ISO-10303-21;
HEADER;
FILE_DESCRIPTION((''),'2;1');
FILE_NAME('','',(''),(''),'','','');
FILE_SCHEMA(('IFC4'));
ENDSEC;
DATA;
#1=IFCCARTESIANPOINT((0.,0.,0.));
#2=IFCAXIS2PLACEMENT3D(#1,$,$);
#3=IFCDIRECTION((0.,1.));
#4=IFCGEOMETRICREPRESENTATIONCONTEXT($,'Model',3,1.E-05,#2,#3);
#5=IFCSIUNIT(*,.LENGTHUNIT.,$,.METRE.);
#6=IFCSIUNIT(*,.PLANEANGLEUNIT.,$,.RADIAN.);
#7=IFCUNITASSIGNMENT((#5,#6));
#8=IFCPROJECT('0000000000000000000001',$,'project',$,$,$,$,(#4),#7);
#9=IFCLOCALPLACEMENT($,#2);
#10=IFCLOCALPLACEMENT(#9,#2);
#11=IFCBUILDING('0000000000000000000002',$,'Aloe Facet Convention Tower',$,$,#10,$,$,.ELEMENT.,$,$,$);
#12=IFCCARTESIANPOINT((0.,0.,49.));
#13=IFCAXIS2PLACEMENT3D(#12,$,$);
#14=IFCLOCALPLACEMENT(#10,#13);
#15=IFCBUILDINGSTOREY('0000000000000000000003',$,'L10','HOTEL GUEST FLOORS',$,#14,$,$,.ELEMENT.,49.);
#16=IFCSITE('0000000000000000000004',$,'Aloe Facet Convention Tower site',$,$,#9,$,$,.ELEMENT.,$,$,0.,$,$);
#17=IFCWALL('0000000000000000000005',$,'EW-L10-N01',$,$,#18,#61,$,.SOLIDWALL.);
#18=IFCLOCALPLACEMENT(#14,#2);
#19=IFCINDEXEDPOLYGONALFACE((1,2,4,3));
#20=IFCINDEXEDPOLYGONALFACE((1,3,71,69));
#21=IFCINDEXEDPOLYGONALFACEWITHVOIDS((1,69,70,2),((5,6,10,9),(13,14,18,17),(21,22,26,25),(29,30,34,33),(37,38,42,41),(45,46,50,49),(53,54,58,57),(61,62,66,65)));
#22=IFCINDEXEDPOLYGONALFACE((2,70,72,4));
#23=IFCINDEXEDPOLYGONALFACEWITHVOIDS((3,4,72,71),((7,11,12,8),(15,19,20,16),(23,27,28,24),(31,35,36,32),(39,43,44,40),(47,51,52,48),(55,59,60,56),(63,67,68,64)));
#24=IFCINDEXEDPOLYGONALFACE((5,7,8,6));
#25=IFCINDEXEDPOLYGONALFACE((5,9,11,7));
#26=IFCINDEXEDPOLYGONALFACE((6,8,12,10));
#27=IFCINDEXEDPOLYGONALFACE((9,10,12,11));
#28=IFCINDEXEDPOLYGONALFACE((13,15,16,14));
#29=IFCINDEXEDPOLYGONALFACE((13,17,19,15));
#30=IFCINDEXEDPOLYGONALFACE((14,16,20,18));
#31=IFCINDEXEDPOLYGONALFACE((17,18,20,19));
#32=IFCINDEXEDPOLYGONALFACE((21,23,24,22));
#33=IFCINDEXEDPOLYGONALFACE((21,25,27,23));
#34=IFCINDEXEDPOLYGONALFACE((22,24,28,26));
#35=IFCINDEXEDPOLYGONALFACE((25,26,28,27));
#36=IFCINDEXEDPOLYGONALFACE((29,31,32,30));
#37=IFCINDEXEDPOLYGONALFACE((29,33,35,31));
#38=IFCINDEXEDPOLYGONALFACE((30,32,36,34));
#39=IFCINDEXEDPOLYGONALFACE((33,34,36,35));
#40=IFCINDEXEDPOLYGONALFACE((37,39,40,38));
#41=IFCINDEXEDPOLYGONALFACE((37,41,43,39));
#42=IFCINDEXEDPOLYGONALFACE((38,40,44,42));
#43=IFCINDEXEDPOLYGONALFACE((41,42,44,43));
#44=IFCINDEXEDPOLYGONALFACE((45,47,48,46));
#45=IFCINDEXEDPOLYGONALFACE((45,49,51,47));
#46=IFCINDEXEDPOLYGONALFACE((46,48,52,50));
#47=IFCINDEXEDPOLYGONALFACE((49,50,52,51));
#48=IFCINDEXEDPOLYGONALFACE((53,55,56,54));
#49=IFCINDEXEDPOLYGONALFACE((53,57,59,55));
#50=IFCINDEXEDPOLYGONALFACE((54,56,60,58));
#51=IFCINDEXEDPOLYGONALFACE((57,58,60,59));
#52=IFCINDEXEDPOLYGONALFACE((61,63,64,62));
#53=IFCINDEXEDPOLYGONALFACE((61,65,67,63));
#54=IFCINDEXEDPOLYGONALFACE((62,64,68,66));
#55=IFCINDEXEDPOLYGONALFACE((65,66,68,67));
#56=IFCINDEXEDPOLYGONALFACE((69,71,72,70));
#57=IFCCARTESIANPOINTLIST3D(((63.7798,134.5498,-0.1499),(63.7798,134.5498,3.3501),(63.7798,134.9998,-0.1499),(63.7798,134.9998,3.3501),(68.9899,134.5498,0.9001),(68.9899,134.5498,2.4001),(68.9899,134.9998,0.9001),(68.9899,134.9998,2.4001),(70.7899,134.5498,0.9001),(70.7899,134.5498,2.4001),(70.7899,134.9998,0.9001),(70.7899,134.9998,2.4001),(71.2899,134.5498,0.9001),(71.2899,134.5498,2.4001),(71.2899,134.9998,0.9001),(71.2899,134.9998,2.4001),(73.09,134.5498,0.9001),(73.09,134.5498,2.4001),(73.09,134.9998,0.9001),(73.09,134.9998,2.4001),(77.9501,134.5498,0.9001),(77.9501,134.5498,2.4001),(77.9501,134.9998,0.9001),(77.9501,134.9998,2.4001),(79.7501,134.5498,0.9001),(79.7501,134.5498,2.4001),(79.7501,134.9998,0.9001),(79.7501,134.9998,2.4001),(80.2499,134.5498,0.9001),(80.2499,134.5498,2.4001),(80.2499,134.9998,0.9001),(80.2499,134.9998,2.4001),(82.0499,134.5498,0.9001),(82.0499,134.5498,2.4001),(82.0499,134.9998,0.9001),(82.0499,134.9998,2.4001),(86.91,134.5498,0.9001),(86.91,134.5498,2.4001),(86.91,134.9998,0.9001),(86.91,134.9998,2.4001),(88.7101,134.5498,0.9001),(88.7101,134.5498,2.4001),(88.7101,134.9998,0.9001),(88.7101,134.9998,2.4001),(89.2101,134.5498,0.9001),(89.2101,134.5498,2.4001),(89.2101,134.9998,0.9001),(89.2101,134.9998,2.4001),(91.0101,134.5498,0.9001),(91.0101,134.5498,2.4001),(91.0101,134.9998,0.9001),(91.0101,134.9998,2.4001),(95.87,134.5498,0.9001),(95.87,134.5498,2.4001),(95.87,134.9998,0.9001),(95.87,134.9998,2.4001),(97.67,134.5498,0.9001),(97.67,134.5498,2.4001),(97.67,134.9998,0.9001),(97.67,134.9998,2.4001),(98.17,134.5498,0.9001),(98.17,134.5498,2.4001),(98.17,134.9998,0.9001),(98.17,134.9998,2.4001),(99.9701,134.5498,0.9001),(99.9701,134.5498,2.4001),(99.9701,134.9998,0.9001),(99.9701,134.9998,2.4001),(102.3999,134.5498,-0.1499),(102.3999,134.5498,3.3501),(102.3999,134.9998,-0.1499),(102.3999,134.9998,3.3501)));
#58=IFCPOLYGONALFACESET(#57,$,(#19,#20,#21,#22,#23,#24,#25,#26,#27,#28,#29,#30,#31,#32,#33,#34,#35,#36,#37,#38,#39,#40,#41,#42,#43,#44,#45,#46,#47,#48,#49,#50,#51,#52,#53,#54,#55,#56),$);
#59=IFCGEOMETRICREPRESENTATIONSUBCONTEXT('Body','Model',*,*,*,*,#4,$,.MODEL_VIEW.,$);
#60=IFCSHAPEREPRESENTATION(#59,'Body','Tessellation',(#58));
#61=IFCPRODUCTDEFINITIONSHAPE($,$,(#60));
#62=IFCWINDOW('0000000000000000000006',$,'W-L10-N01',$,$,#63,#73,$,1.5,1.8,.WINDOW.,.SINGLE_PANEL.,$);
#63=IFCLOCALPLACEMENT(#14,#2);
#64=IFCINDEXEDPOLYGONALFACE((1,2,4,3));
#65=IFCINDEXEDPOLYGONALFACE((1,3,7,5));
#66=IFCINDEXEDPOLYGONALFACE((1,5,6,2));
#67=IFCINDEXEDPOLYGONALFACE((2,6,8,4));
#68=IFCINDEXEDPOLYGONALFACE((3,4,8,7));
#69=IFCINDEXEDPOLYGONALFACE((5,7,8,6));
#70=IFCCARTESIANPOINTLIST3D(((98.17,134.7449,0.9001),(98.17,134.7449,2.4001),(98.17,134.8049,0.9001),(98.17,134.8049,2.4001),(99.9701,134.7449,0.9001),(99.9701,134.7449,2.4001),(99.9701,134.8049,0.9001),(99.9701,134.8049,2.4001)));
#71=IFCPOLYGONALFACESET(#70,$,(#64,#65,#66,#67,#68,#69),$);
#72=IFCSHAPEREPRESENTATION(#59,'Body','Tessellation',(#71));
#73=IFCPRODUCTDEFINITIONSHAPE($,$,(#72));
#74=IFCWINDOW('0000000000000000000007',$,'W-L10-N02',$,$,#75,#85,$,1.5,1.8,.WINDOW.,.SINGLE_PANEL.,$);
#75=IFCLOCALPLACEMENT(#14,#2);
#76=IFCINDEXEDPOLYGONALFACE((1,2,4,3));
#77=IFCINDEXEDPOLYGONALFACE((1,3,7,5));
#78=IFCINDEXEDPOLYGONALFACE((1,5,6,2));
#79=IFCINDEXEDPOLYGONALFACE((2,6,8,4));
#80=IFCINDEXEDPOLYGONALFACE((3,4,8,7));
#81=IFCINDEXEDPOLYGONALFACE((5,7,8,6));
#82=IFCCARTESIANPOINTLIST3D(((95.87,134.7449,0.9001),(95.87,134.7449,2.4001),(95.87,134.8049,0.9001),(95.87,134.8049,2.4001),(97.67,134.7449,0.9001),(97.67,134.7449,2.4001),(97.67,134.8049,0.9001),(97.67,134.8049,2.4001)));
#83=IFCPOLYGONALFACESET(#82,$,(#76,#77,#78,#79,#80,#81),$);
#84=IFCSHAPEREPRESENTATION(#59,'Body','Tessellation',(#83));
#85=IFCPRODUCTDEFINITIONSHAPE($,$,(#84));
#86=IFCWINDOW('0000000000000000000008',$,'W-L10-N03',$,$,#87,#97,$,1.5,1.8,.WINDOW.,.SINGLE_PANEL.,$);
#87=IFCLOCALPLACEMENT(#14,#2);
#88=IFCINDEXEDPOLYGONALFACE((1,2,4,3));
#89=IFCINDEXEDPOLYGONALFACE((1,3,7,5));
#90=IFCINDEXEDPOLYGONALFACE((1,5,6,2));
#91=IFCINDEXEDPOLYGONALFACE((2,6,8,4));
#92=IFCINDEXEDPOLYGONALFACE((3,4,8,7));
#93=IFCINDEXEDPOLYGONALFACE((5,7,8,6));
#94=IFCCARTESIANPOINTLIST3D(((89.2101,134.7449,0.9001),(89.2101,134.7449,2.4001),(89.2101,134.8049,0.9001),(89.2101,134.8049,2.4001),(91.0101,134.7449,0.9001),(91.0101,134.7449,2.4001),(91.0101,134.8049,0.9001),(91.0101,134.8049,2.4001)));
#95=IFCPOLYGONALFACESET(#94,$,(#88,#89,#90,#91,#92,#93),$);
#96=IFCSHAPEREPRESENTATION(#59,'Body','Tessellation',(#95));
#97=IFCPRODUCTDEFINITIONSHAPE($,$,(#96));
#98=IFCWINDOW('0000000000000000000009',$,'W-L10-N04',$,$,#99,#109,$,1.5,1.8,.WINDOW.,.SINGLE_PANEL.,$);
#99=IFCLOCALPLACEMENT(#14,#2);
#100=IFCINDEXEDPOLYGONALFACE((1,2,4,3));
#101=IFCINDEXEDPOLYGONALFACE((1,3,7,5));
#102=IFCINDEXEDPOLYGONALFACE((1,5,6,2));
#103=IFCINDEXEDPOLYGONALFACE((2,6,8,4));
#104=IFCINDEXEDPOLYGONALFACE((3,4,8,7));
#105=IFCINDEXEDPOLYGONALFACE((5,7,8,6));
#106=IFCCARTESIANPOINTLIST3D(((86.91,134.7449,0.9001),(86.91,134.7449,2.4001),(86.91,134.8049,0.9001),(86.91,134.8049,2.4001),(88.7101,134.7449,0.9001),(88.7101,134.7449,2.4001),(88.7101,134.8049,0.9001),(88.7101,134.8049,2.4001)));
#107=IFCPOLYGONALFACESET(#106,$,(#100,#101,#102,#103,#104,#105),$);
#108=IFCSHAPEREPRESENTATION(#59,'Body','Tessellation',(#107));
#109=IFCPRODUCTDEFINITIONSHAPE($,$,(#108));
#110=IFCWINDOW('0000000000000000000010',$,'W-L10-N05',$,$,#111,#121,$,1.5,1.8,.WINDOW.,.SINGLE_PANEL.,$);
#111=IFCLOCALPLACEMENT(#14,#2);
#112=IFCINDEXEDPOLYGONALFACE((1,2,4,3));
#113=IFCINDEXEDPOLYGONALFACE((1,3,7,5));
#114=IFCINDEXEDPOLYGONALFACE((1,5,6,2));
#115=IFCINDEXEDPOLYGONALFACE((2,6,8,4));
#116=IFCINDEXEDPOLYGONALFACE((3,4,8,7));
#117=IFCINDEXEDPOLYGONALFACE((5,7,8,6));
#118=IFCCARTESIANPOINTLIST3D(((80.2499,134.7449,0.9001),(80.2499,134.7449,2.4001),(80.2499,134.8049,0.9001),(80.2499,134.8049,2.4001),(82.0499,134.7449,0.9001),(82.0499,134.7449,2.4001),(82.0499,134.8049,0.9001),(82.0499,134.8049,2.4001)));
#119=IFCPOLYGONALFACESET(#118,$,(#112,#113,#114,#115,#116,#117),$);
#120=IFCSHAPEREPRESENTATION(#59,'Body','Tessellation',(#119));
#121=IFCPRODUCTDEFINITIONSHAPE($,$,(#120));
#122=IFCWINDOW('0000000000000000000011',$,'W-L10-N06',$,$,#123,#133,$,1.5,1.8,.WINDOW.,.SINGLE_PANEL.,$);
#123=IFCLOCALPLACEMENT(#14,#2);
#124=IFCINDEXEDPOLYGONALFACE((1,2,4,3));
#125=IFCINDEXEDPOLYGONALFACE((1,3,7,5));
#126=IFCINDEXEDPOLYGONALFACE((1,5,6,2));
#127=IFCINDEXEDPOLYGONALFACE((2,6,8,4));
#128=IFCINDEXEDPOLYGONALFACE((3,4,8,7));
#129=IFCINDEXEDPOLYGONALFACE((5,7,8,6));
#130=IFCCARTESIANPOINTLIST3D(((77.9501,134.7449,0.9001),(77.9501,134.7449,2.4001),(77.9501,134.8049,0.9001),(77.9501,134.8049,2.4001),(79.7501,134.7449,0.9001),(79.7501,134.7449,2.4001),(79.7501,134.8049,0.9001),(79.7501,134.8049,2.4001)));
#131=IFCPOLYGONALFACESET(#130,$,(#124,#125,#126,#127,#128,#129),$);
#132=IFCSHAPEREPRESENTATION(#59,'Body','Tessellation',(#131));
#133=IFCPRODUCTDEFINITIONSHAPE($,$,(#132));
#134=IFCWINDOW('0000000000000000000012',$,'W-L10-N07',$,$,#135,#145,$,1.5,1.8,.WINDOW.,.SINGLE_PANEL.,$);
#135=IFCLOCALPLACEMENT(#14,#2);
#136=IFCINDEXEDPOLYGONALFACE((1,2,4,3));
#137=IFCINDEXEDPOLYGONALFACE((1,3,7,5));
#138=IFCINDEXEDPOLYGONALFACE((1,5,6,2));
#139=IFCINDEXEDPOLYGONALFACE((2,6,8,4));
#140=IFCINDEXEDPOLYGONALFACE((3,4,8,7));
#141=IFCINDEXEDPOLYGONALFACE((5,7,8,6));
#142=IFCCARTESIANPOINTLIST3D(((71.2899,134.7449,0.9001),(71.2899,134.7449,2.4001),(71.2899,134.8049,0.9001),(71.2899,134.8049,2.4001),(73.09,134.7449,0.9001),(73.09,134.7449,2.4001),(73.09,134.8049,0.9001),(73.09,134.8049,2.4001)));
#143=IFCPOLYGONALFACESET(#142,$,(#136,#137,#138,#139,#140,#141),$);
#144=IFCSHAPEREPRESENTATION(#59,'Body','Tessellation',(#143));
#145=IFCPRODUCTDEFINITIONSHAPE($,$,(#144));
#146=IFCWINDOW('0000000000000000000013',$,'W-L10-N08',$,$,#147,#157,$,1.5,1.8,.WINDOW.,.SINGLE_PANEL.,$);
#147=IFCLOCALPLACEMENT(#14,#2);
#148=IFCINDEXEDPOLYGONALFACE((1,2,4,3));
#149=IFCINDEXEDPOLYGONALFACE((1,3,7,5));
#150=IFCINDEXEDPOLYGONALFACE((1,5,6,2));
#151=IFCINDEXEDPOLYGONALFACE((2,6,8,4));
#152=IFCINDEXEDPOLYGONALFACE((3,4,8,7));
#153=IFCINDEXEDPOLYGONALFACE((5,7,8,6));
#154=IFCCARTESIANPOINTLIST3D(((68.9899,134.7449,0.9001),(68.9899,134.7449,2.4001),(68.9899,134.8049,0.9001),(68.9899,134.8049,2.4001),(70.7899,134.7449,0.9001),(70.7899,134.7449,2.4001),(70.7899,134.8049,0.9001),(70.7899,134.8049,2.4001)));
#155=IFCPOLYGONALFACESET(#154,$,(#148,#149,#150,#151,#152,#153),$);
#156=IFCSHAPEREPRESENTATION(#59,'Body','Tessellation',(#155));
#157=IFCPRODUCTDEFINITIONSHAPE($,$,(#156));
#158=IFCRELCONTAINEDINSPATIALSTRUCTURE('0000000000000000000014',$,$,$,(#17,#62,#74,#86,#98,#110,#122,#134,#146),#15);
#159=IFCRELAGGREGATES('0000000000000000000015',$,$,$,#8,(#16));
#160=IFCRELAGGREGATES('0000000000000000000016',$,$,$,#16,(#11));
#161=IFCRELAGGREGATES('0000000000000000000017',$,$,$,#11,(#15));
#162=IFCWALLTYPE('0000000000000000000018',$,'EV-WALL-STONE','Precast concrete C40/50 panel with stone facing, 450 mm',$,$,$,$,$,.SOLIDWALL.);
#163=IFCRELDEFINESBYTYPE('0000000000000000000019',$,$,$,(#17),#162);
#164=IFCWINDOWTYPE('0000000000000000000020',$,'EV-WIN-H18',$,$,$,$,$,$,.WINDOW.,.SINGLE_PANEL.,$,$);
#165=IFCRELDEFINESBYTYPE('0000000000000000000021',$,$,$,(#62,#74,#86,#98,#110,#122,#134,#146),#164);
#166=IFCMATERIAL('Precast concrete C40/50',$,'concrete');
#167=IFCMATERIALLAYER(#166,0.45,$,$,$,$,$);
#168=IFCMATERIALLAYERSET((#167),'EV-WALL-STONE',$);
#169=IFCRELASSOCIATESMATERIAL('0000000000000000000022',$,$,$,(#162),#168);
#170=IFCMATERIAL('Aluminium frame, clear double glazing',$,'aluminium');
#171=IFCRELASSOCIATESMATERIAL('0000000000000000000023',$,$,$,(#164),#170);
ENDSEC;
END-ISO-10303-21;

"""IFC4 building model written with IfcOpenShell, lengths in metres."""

from ifc_helpers import new_model, si_unit, direction, frame, frame_2d, origin, place, context, subcontext, project, spatial, polyline, rectangle, outline, extrude, material, layer, layer_set, type_object, element, fill, save


model = new_model("IFC4")

# Units and contexts
model_context = context("Model", 3, precision=1e-05, world=origin(), true_north=direction((0.0, 1.0)))
body_context = subcontext(model_context, "Body", "Model", "MODEL_VIEW")
ifc_project = project(units=[si_unit("LENGTHUNIT", "METRE"), si_unit("PLANEANGLEUNIT", "RADIAN")], contexts=[model_context])

# Site, building, storey
site_placement = place(None, origin())
site = spatial("IfcSite", under=ifc_project, at=site_placement, Name="Aloe Facet Convention Tower site", CompositionType="ELEMENT", RefElevation=0.0)
building_placement = place(site_placement, origin())
building = spatial("IfcBuilding", under=site, at=building_placement, Name="Aloe Facet Convention Tower", CompositionType="ELEMENT")
storey_placement = place(building_placement, frame((0.0, 0.0, 49.0)))
storey = spatial("IfcBuildingStorey", under=building, at=storey_placement, Name="L10", Description="HOTEL GUEST FLOORS", CompositionType="ELEMENT", Elevation=49.0)

# Wall, openings, windows
ifc_material_1 = material(Name="Precast concrete C40/50", Category="concrete")
ifc_layer_1 = layer(ifc_material_1, 0.45)
ifc_layer_set_1 = layer_set([ifc_layer_1], Name="EV-WALL-STONE")
wall_type_1 = type_object("IfcWallType", Name="EV-WALL-STONE", Description="Precast concrete C40/50 panel with stone facing, 450 mm", PredefinedType="SOLIDWALL", material=ifc_layer_set_1)
wall_1_placement = place(storey_placement, frame((102.3999, 134.7749, -0.1499), z_axis=(0.0, 0.0, 1.0), x_axis=(-1.0, 0.0, 0.0)))
wall_1 = element("IfcWall", 1, at=wall_1_placement, inside=storey, type_object=wall_type_1, Name="EW-L10-N01", PredefinedType="SOLIDWALL", context=body_context, shape_type="SweptSolid", body=[
    extrude(outline(polyline([(0.0, 0.0), (0.0, 3.5), (38.6201, 3.5), (38.6201, 0.0), (0.0, 0.0)])), frame((0.0, 0.2251, 0.0), z_axis=(0.0, -1.0, 0.0), x_axis=(1.0, 0.0, 0.0)), (0.0, 0.0, 1.0), 0.45),
])
opening_1_placement = place(wall_1_placement, frame((2.4299, 0.0, 1.05)))
opening_1 = element("IfcOpeningElement", 2, at=opening_1_placement, cuts=wall_1, PredefinedType="OPENING", context=body_context, shape_type="SweptSolid", body=[
    extrude(rectangle(XDim=1.8, YDim=1.5, at=frame_2d((0.8999, 0.75))), frame((0.0, 0.2349, 0.0), z_axis=(0.0, -1.0, 0.0), x_axis=(1.0, 0.0, 0.0)), (0.0, 0.0, 1.0), 0.47),
])
opening_2_placement = place(wall_1_placement, frame((4.73, 0.0, 1.05)))
opening_2 = element("IfcOpeningElement", 3, at=opening_2_placement, cuts=wall_1, PredefinedType="OPENING", context=body_context, shape_type="SweptSolid", body=[
    extrude(rectangle(XDim=1.8, YDim=1.5, at=frame_2d((0.8999, 0.75))), frame((0.0, 0.2349, 0.0), z_axis=(0.0, -1.0, 0.0), x_axis=(1.0, 0.0, 0.0)), (0.0, 0.0, 1.0), 0.47),
])
opening_3_placement = place(wall_1_placement, frame((11.3899, 0.0, 1.05)))
opening_3 = element("IfcOpeningElement", 4, at=opening_3_placement, cuts=wall_1, PredefinedType="OPENING", context=body_context, shape_type="SweptSolid", body=[
    extrude(rectangle(XDim=1.8, YDim=1.5, at=frame_2d((0.8999, 0.75))), frame((0.0, 0.2349, 0.0), z_axis=(0.0, -1.0, 0.0), x_axis=(1.0, 0.0, 0.0)), (0.0, 0.0, 1.0), 0.47),
])
opening_4_placement = place(wall_1_placement, frame((13.6899, 0.0, 1.05)))
opening_4 = element("IfcOpeningElement", 5, at=opening_4_placement, cuts=wall_1, PredefinedType="OPENING", context=body_context, shape_type="SweptSolid", body=[
    extrude(rectangle(XDim=1.8, YDim=1.5, at=frame_2d((0.8999, 0.75))), frame((0.0, 0.2349, 0.0), z_axis=(0.0, -1.0, 0.0), x_axis=(1.0, 0.0, 0.0)), (0.0, 0.0, 1.0), 0.47),
])
opening_5_placement = place(wall_1_placement, frame((20.3501, 0.0, 1.05)))
opening_5 = element("IfcOpeningElement", 6, at=opening_5_placement, cuts=wall_1, PredefinedType="OPENING", context=body_context, shape_type="SweptSolid", body=[
    extrude(rectangle(XDim=1.8, YDim=1.5, at=frame_2d((0.8999, 0.75))), frame((0.0, 0.2349, 0.0), z_axis=(0.0, -1.0, 0.0), x_axis=(1.0, 0.0, 0.0)), (0.0, 0.0, 1.0), 0.47),
])
opening_6_placement = place(wall_1_placement, frame((22.6499, 0.0, 1.05)))
opening_6 = element("IfcOpeningElement", 7, at=opening_6_placement, cuts=wall_1, PredefinedType="OPENING", context=body_context, shape_type="SweptSolid", body=[
    extrude(rectangle(XDim=1.8, YDim=1.5, at=frame_2d((0.8999, 0.75))), frame((0.0, 0.2349, 0.0), z_axis=(0.0, -1.0, 0.0), x_axis=(1.0, 0.0, 0.0)), (0.0, 0.0, 1.0), 0.47),
])
opening_7_placement = place(wall_1_placement, frame((29.3101, 0.0, 1.05)))
opening_7 = element("IfcOpeningElement", 8, at=opening_7_placement, cuts=wall_1, PredefinedType="OPENING", context=body_context, shape_type="SweptSolid", body=[
    extrude(rectangle(XDim=1.8, YDim=1.5, at=frame_2d((0.8999, 0.75))), frame((0.0, 0.2349, 0.0), z_axis=(0.0, -1.0, 0.0), x_axis=(1.0, 0.0, 0.0)), (0.0, 0.0, 1.0), 0.47),
])
opening_8_placement = place(wall_1_placement, frame((31.6101, 0.0, 1.05)))
opening_8 = element("IfcOpeningElement", 9, at=opening_8_placement, cuts=wall_1, PredefinedType="OPENING", context=body_context, shape_type="SweptSolid", body=[
    extrude(rectangle(XDim=1.8, YDim=1.5, at=frame_2d((0.8999, 0.75))), frame((0.0, 0.2349, 0.0), z_axis=(0.0, -1.0, 0.0), x_axis=(1.0, 0.0, 0.0)), (0.0, 0.0, 1.0), 0.47),
])
ifc_material_2 = material(Name="Aluminium frame, clear double glazing", Category="aluminium")
window_type = type_object("IfcWindowType", Name="EV-WIN-H18", PartitioningType="SINGLE_PANEL", PredefinedType="WINDOW", material=ifc_material_2)
window_1_placement = place(opening_1_placement, origin())
window_1 = element("IfcWindow", 10, at=window_1_placement, inside=storey, type_object=window_type, Name="W-L10-N01", OverallHeight=1.5, OverallWidth=1.8, PartitioningType="SINGLE_PANEL", PredefinedType="WINDOW", context=body_context, shape_type="SweptSolid", body=[
    extrude(rectangle(XDim=1.8, YDim=1.5, at=frame_2d((0.8999, 0.75))), frame((0.0, 0.03, 0.0), z_axis=(0.0, -1.0, 0.0), x_axis=(1.0, 0.0, 0.0)), (0.0, 0.0, 1.0), 0.0601),
])
fill(opening_1, window_1)
window_2_placement = place(opening_2_placement, origin())
window_2 = element("IfcWindow", 11, at=window_2_placement, inside=storey, type_object=window_type, Name="W-L10-N02", OverallHeight=1.5, OverallWidth=1.8, PartitioningType="SINGLE_PANEL", PredefinedType="WINDOW", context=body_context, shape_type="SweptSolid", body=[
    extrude(rectangle(XDim=1.8, YDim=1.5, at=frame_2d((0.8999, 0.75))), frame((0.0, 0.03, 0.0), z_axis=(0.0, -1.0, 0.0), x_axis=(1.0, 0.0, 0.0)), (0.0, 0.0, 1.0), 0.0601),
])
fill(opening_2, window_2)
window_3_placement = place(opening_3_placement, origin())
window_3 = element("IfcWindow", 12, at=window_3_placement, inside=storey, type_object=window_type, Name="W-L10-N03", OverallHeight=1.5, OverallWidth=1.8, PartitioningType="SINGLE_PANEL", PredefinedType="WINDOW", context=body_context, shape_type="SweptSolid", body=[
    extrude(rectangle(XDim=1.8, YDim=1.5, at=frame_2d((0.8999, 0.75))), frame((0.0, 0.03, 0.0), z_axis=(0.0, -1.0, 0.0), x_axis=(1.0, 0.0, 0.0)), (0.0, 0.0, 1.0), 0.0601),
])
fill(opening_3, window_3)
window_4_placement = place(opening_4_placement, origin())
window_4 = element("IfcWindow", 13, at=window_4_placement, inside=storey, type_object=window_type, Name="W-L10-N04", OverallHeight=1.5, OverallWidth=1.8, PartitioningType="SINGLE_PANEL", PredefinedType="WINDOW", context=body_context, shape_type="SweptSolid", body=[
    extrude(rectangle(XDim=1.8, YDim=1.5, at=frame_2d((0.8999, 0.75))), frame((0.0, 0.03, 0.0), z_axis=(0.0, -1.0, 0.0), x_axis=(1.0, 0.0, 0.0)), (0.0, 0.0, 1.0), 0.0601),
])
fill(opening_4, window_4)
window_5_placement = place(opening_5_placement, origin())
window_5 = element("IfcWindow", 14, at=window_5_placement, inside=storey, type_object=window_type, Name="W-L10-N05", OverallHeight=1.5, OverallWidth=1.8, PartitioningType="SINGLE_PANEL", PredefinedType="WINDOW", context=body_context, shape_type="SweptSolid", body=[
    extrude(rectangle(XDim=1.8, YDim=1.5, at=frame_2d((0.8999, 0.75))), frame((0.0, 0.03, 0.0), z_axis=(0.0, -1.0, 0.0), x_axis=(1.0, 0.0, 0.0)), (0.0, 0.0, 1.0), 0.0601),
])
fill(opening_5, window_5)
window_6_placement = place(opening_6_placement, origin())
window_6 = element("IfcWindow", 15, at=window_6_placement, inside=storey, type_object=window_type, Name="W-L10-N06", OverallHeight=1.5, OverallWidth=1.8, PartitioningType="SINGLE_PANEL", PredefinedType="WINDOW", context=body_context, shape_type="SweptSolid", body=[
    extrude(rectangle(XDim=1.8, YDim=1.5, at=frame_2d((0.8999, 0.75))), frame((0.0, 0.03, 0.0), z_axis=(0.0, -1.0, 0.0), x_axis=(1.0, 0.0, 0.0)), (0.0, 0.0, 1.0), 0.0601),
])
fill(opening_6, window_6)
window_7_placement = place(opening_7_placement, origin())
window_7 = element("IfcWindow", 16, at=window_7_placement, inside=storey, type_object=window_type, Name="W-L10-N07", OverallHeight=1.5, OverallWidth=1.8, PartitioningType="SINGLE_PANEL", PredefinedType="WINDOW", context=body_context, shape_type="SweptSolid", body=[
    extrude(rectangle(XDim=1.8, YDim=1.5, at=frame_2d((0.8999, 0.75))), frame((0.0, 0.03, 0.0), z_axis=(0.0, -1.0, 0.0), x_axis=(1.0, 0.0, 0.0)), (0.0, 0.0, 1.0), 0.0601),
])
fill(opening_7, window_7)
window_8_placement = place(opening_8_placement, origin())
window_8 = element("IfcWindow", 17, at=window_8_placement, inside=storey, type_object=window_type, Name="W-L10-N08", OverallHeight=1.5, OverallWidth=1.8, PartitioningType="SINGLE_PANEL", PredefinedType="WINDOW", context=body_context, shape_type="SweptSolid", body=[
    extrude(rectangle(XDim=1.8, YDim=1.5, at=frame_2d((0.8999, 0.75))), frame((0.0, 0.03, 0.0), z_axis=(0.0, -1.0, 0.0), x_axis=(1.0, 0.0, 0.0)), (0.0, 0.0, 1.0), 0.0601),
])
fill(opening_8, window_8)

save(model, "model.ifc")
